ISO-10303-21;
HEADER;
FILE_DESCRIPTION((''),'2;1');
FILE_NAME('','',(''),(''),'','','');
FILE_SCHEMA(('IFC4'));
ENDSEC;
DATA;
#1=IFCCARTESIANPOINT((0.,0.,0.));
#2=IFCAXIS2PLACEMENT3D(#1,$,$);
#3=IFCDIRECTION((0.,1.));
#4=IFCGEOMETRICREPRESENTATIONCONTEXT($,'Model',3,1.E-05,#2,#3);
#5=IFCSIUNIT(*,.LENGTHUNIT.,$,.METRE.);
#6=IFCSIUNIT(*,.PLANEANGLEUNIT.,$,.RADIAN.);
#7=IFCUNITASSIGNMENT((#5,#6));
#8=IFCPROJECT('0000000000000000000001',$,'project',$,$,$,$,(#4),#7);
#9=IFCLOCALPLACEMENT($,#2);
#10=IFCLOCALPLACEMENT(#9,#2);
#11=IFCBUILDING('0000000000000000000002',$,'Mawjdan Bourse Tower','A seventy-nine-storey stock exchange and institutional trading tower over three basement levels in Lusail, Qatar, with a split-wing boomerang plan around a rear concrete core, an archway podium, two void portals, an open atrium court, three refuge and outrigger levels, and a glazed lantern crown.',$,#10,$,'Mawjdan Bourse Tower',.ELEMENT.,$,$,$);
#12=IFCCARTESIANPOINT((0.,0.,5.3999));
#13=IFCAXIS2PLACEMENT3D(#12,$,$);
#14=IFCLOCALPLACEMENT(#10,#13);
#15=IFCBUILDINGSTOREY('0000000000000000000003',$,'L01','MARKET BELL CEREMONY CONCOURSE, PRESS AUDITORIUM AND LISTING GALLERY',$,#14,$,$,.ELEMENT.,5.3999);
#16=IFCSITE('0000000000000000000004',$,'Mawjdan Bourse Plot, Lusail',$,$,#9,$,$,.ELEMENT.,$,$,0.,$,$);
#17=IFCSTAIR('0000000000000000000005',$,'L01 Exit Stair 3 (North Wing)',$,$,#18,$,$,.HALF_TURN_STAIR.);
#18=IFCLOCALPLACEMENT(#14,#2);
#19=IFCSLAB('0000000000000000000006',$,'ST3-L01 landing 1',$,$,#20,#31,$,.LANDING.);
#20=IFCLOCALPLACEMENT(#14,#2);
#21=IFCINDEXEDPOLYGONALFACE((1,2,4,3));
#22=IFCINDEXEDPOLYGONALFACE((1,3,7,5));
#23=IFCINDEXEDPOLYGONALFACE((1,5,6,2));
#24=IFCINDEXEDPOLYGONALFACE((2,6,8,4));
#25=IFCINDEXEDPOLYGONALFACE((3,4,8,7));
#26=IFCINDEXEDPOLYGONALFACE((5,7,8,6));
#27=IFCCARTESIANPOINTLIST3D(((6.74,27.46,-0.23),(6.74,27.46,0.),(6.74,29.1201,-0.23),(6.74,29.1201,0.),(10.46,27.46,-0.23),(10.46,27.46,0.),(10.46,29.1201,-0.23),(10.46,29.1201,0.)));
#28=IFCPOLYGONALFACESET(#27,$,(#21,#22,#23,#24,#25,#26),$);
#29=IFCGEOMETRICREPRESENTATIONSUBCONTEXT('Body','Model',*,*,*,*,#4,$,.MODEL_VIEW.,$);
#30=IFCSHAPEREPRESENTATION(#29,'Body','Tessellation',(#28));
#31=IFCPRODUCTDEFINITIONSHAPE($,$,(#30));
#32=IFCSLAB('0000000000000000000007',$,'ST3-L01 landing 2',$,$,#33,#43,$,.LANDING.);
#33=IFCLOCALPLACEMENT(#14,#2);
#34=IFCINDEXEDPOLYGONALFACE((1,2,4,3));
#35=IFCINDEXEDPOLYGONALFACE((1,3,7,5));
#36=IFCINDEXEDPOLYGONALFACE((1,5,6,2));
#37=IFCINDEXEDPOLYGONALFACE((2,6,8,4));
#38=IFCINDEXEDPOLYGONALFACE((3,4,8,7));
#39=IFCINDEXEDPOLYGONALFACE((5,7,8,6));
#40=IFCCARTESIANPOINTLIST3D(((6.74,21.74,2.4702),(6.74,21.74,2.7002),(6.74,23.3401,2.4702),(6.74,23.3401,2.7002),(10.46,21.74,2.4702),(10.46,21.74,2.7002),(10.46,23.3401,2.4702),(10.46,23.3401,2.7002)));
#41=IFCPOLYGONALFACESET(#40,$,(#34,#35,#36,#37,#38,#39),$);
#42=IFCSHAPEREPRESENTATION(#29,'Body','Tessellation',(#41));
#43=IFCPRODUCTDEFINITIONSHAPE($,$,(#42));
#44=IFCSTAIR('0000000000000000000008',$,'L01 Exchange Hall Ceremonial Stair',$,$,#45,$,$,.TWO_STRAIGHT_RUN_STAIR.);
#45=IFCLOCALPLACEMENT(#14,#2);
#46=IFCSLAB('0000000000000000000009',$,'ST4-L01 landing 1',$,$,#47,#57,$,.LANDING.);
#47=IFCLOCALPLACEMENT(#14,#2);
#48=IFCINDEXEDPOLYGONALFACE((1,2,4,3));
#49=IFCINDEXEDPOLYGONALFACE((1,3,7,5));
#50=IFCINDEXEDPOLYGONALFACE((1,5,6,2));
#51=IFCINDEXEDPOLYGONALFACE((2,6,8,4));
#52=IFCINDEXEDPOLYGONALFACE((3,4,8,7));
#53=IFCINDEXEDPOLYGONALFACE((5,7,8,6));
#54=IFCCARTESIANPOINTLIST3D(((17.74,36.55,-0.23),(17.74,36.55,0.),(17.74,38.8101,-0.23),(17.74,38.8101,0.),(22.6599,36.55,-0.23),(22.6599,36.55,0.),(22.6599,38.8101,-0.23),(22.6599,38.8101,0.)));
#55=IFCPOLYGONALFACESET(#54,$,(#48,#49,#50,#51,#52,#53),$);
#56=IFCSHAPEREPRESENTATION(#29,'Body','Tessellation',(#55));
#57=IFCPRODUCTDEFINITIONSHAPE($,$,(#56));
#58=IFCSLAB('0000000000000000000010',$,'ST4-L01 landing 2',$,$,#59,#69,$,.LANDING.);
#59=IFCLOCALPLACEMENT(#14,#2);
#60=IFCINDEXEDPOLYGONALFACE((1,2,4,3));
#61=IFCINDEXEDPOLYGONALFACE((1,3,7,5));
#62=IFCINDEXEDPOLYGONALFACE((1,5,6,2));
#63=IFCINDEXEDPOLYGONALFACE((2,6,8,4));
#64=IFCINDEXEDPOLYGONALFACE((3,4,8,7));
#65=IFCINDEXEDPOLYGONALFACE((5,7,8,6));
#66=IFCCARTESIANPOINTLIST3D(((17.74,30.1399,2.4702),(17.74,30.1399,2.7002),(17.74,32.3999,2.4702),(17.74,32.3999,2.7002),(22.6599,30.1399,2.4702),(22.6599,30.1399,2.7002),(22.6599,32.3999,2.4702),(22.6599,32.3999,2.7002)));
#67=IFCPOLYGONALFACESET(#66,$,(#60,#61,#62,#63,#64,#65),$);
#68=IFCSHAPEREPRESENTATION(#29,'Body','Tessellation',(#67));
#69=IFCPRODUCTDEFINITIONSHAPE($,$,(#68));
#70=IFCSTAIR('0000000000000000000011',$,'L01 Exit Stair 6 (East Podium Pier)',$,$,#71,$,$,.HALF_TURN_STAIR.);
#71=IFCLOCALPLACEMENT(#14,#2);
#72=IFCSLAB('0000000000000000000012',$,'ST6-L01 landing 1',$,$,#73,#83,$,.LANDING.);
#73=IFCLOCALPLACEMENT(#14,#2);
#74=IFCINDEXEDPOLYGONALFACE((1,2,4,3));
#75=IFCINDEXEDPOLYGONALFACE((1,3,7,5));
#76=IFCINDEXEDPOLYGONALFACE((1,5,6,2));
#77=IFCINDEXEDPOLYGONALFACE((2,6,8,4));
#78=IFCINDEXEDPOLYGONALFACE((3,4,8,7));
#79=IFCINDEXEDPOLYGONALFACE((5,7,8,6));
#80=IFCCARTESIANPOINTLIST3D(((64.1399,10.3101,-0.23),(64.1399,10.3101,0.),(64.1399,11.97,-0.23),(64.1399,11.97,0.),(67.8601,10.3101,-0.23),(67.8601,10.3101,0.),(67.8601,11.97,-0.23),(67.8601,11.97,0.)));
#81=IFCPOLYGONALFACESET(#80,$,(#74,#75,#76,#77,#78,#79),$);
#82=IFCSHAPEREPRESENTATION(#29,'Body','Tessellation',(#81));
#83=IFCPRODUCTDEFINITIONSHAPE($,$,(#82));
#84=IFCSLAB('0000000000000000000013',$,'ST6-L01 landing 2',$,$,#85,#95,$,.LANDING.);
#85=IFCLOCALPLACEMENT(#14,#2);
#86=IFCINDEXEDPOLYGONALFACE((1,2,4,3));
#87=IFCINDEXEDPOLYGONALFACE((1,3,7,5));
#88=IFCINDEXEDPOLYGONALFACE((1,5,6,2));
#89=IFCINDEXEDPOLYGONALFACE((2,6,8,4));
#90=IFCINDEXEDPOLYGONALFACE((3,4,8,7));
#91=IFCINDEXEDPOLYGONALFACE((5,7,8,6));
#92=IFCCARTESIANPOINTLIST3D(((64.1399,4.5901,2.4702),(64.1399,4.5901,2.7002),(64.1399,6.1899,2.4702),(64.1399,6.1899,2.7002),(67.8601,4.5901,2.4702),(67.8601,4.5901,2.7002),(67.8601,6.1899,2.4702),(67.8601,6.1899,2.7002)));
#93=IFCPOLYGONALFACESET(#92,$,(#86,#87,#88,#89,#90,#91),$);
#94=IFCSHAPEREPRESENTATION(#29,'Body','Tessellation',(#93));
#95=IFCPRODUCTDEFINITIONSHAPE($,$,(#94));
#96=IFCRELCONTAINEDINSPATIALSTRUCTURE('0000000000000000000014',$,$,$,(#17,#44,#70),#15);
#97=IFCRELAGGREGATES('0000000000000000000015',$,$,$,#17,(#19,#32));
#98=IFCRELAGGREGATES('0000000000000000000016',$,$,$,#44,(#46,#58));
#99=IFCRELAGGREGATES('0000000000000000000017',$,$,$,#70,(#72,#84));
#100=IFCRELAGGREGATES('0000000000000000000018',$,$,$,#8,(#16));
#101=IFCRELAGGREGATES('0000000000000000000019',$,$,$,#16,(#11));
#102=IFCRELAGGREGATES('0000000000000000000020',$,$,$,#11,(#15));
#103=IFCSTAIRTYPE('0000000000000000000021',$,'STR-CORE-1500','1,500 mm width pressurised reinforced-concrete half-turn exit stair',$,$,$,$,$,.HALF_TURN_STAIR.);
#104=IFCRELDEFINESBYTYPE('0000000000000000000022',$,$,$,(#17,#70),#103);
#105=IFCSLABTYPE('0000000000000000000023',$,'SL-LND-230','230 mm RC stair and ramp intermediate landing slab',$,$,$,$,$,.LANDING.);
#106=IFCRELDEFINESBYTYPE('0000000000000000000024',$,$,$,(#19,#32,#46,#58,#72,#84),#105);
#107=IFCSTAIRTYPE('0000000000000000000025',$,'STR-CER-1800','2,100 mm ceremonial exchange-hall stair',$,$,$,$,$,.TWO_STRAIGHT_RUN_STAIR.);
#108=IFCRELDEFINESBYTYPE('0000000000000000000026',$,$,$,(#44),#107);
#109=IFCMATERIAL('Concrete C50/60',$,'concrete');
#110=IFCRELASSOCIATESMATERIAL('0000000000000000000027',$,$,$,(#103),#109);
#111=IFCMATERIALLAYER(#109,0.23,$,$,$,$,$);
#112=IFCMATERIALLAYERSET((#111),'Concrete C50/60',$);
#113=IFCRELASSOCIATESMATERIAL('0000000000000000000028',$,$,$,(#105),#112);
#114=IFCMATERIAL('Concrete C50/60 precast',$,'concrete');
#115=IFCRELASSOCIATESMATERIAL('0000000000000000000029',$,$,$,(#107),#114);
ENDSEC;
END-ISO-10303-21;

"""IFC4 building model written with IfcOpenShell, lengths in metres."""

from ifc_helpers import new_model, si_unit, direction, frame, origin, place, context, subcontext, project, spatial, polyline, outline, extrude, material, layer, layer_set, type_object, element, aggregate, save


model = new_model("IFC4")

# Units and contexts
model_context = context("Model", 3, precision=1e-05, world=origin(), true_north=direction((0.0, 1.0)))
body_context = subcontext(model_context, "Body", "Model", "MODEL_VIEW")
ifc_project = project(units=[si_unit("LENGTHUNIT", "METRE"), si_unit("PLANEANGLEUNIT", "RADIAN")], contexts=[model_context])

# Site, building, storey
site_placement = place(None, origin())
site = spatial("IfcSite", under=ifc_project, at=site_placement, Name="Mawjdan Bourse Plot, Lusail", CompositionType="ELEMENT", RefElevation=0.0)
building_placement = place(site_placement, origin())
building = spatial("IfcBuilding", under=site, at=building_placement, Name="Mawjdan Bourse Tower", Description="A seventy-nine-storey stock exchange and institutional trading tower over three basement levels in Lusail, Qatar, with a split-wing boomerang plan around a rear concrete core, an archway podium, two void portals, an open atrium court, three refuge and outrigger levels, and a glazed lantern crown.", LongName="Mawjdan Bourse Tower", CompositionType="ELEMENT")
storey_placement = place(building_placement, frame((0.0, 0.0, 5.3999)))
storey = spatial("IfcBuildingStorey", under=building, at=storey_placement, Name="L01", Description="MARKET BELL CEREMONY CONCOURSE, PRESS AUDITORIUM AND LISTING GALLERY", CompositionType="ELEMENT", Elevation=5.3999)

# Stairs, slabs
ifc_material_1 = material(Name="Concrete C50/60", Category="concrete")
stair_type_1 = type_object("IfcStairType", Name="STR-CORE-1500", Description="1,500 mm width pressurised reinforced-concrete half-turn exit stair", PredefinedType="HALF_TURN_STAIR", material=ifc_material_1)
ifc_layer_1 = layer(ifc_material_1, 0.23)
ifc_layer_set_1 = layer_set([ifc_layer_1], Name="Concrete C50/60")
slab_type_1 = type_object("IfcSlabType", Name="SL-LND-230", Description="230 mm RC stair and ramp intermediate landing slab", PredefinedType="LANDING", material=ifc_layer_set_1)
stair_1_placement = place(storey_placement, origin())
stair_1 = element("IfcStair", 1, at=stair_1_placement, inside=storey, type_object=stair_type_1, Name="L01 Exit Stair 3 (North Wing)", PredefinedType="HALF_TURN_STAIR")
slab_1_placement = place(storey_placement, frame((0.0, 0.0, -0.23)))
slab_1 = element("IfcSlab", 2, at=slab_1_placement, type_object=slab_type_1, Name="ST3-L01 landing 1", PredefinedType="LANDING", context=body_context, shape_type="SweptSolid", body=[
    extrude(outline(polyline([(6.74, 27.46), (10.46, 27.46), (10.46, 29.1201), (6.74, 29.1201), (6.74, 27.46)])), origin(), (0.0, 0.0, 1.0), 0.23),
])
slab_2_placement = place(storey_placement, frame((0.0, 0.0, 2.4702)))
slab_2 = element("IfcSlab", 3, at=slab_2_placement, type_object=slab_type_1, Name="ST3-L01 landing 2", PredefinedType="LANDING", context=body_context, shape_type="SweptSolid", body=[
    extrude(outline(polyline([(6.74, 21.74), (10.46, 21.74), (10.46, 23.3401), (6.74, 23.3401), (6.74, 21.74)])), origin(), (0.0, 0.0, 1.0), 0.23),
])
aggregate(stair_1, [slab_1, slab_2])
ifc_material_2 = material(Name="Concrete C50/60 precast", Category="concrete")
stair_type_2 = type_object("IfcStairType", Name="STR-CER-1800", Description="2,100 mm ceremonial exchange-hall stair", PredefinedType="TWO_STRAIGHT_RUN_STAIR", material=ifc_material_2)
stair_2_placement = place(storey_placement, origin())
stair_2 = element("IfcStair", 4, at=stair_2_placement, inside=storey, type_object=stair_type_2, Name="L01 Exchange Hall Ceremonial Stair", PredefinedType="TWO_STRAIGHT_RUN_STAIR")
slab_3_placement = place(storey_placement, frame((0.0, 0.0, -0.23)))
slab_3 = element("IfcSlab", 5, at=slab_3_placement, type_object=slab_type_1, Name="ST4-L01 landing 1", PredefinedType="LANDING", context=body_context, shape_type="SweptSolid", body=[
    extrude(outline(polyline([(17.74, 36.55), (22.6599, 36.55), (22.6599, 38.8101), (17.74, 38.8101), (17.74, 36.55)])), origin(), (0.0, 0.0, 1.0), 0.23),
])
slab_4_placement = place(storey_placement, frame((0.0, 0.0, 2.4702)))
slab_4 = element("IfcSlab", 6, at=slab_4_placement, type_object=slab_type_1, Name="ST4-L01 landing 2", PredefinedType="LANDING", context=body_context, shape_type="SweptSolid", body=[
    extrude(outline(polyline([(17.74, 30.1399), (22.6599, 30.1399), (22.6599, 32.3999), (17.74, 32.3999), (17.74, 30.1399)])), origin(), (0.0, 0.0, 1.0), 0.23),
])
aggregate(stair_2, [slab_3, slab_4])
stair_3_placement = place(storey_placement, origin())
stair_3 = element("IfcStair", 7, at=stair_3_placement, inside=storey, type_object=stair_type_1, Name="L01 Exit Stair 6 (East Podium Pier)", PredefinedType="HALF_TURN_STAIR")
slab_5_placement = place(storey_placement, frame((0.0, 0.0, -0.23)))
slab_5 = element("IfcSlab", 8, at=slab_5_placement, type_object=slab_type_1, Name="ST6-L01 landing 1", PredefinedType="LANDING", context=body_context, shape_type="SweptSolid", body=[
    extrude(outline(polyline([(64.1399, 10.3101), (67.8601, 10.3101), (67.8601, 11.97), (64.1399, 11.97), (64.1399, 10.3101)])), origin(), (0.0, 0.0, 1.0), 0.23),
])
slab_6_placement = place(storey_placement, frame((0.0, 0.0, 2.4702)))
slab_6 = element("IfcSlab", 9, at=slab_6_placement, type_object=slab_type_1, Name="ST6-L01 landing 2", PredefinedType="LANDING", context=body_context, shape_type="SweptSolid", body=[
    extrude(outline(polyline([(64.1399, 4.5901), (67.8601, 4.5901), (67.8601, 6.1899), (64.1399, 6.1899), (64.1399, 4.5901)])), origin(), (0.0, 0.0, 1.0), 0.23),
])
aggregate(stair_3, [slab_5, slab_6])

save(model, "model.ifc")
